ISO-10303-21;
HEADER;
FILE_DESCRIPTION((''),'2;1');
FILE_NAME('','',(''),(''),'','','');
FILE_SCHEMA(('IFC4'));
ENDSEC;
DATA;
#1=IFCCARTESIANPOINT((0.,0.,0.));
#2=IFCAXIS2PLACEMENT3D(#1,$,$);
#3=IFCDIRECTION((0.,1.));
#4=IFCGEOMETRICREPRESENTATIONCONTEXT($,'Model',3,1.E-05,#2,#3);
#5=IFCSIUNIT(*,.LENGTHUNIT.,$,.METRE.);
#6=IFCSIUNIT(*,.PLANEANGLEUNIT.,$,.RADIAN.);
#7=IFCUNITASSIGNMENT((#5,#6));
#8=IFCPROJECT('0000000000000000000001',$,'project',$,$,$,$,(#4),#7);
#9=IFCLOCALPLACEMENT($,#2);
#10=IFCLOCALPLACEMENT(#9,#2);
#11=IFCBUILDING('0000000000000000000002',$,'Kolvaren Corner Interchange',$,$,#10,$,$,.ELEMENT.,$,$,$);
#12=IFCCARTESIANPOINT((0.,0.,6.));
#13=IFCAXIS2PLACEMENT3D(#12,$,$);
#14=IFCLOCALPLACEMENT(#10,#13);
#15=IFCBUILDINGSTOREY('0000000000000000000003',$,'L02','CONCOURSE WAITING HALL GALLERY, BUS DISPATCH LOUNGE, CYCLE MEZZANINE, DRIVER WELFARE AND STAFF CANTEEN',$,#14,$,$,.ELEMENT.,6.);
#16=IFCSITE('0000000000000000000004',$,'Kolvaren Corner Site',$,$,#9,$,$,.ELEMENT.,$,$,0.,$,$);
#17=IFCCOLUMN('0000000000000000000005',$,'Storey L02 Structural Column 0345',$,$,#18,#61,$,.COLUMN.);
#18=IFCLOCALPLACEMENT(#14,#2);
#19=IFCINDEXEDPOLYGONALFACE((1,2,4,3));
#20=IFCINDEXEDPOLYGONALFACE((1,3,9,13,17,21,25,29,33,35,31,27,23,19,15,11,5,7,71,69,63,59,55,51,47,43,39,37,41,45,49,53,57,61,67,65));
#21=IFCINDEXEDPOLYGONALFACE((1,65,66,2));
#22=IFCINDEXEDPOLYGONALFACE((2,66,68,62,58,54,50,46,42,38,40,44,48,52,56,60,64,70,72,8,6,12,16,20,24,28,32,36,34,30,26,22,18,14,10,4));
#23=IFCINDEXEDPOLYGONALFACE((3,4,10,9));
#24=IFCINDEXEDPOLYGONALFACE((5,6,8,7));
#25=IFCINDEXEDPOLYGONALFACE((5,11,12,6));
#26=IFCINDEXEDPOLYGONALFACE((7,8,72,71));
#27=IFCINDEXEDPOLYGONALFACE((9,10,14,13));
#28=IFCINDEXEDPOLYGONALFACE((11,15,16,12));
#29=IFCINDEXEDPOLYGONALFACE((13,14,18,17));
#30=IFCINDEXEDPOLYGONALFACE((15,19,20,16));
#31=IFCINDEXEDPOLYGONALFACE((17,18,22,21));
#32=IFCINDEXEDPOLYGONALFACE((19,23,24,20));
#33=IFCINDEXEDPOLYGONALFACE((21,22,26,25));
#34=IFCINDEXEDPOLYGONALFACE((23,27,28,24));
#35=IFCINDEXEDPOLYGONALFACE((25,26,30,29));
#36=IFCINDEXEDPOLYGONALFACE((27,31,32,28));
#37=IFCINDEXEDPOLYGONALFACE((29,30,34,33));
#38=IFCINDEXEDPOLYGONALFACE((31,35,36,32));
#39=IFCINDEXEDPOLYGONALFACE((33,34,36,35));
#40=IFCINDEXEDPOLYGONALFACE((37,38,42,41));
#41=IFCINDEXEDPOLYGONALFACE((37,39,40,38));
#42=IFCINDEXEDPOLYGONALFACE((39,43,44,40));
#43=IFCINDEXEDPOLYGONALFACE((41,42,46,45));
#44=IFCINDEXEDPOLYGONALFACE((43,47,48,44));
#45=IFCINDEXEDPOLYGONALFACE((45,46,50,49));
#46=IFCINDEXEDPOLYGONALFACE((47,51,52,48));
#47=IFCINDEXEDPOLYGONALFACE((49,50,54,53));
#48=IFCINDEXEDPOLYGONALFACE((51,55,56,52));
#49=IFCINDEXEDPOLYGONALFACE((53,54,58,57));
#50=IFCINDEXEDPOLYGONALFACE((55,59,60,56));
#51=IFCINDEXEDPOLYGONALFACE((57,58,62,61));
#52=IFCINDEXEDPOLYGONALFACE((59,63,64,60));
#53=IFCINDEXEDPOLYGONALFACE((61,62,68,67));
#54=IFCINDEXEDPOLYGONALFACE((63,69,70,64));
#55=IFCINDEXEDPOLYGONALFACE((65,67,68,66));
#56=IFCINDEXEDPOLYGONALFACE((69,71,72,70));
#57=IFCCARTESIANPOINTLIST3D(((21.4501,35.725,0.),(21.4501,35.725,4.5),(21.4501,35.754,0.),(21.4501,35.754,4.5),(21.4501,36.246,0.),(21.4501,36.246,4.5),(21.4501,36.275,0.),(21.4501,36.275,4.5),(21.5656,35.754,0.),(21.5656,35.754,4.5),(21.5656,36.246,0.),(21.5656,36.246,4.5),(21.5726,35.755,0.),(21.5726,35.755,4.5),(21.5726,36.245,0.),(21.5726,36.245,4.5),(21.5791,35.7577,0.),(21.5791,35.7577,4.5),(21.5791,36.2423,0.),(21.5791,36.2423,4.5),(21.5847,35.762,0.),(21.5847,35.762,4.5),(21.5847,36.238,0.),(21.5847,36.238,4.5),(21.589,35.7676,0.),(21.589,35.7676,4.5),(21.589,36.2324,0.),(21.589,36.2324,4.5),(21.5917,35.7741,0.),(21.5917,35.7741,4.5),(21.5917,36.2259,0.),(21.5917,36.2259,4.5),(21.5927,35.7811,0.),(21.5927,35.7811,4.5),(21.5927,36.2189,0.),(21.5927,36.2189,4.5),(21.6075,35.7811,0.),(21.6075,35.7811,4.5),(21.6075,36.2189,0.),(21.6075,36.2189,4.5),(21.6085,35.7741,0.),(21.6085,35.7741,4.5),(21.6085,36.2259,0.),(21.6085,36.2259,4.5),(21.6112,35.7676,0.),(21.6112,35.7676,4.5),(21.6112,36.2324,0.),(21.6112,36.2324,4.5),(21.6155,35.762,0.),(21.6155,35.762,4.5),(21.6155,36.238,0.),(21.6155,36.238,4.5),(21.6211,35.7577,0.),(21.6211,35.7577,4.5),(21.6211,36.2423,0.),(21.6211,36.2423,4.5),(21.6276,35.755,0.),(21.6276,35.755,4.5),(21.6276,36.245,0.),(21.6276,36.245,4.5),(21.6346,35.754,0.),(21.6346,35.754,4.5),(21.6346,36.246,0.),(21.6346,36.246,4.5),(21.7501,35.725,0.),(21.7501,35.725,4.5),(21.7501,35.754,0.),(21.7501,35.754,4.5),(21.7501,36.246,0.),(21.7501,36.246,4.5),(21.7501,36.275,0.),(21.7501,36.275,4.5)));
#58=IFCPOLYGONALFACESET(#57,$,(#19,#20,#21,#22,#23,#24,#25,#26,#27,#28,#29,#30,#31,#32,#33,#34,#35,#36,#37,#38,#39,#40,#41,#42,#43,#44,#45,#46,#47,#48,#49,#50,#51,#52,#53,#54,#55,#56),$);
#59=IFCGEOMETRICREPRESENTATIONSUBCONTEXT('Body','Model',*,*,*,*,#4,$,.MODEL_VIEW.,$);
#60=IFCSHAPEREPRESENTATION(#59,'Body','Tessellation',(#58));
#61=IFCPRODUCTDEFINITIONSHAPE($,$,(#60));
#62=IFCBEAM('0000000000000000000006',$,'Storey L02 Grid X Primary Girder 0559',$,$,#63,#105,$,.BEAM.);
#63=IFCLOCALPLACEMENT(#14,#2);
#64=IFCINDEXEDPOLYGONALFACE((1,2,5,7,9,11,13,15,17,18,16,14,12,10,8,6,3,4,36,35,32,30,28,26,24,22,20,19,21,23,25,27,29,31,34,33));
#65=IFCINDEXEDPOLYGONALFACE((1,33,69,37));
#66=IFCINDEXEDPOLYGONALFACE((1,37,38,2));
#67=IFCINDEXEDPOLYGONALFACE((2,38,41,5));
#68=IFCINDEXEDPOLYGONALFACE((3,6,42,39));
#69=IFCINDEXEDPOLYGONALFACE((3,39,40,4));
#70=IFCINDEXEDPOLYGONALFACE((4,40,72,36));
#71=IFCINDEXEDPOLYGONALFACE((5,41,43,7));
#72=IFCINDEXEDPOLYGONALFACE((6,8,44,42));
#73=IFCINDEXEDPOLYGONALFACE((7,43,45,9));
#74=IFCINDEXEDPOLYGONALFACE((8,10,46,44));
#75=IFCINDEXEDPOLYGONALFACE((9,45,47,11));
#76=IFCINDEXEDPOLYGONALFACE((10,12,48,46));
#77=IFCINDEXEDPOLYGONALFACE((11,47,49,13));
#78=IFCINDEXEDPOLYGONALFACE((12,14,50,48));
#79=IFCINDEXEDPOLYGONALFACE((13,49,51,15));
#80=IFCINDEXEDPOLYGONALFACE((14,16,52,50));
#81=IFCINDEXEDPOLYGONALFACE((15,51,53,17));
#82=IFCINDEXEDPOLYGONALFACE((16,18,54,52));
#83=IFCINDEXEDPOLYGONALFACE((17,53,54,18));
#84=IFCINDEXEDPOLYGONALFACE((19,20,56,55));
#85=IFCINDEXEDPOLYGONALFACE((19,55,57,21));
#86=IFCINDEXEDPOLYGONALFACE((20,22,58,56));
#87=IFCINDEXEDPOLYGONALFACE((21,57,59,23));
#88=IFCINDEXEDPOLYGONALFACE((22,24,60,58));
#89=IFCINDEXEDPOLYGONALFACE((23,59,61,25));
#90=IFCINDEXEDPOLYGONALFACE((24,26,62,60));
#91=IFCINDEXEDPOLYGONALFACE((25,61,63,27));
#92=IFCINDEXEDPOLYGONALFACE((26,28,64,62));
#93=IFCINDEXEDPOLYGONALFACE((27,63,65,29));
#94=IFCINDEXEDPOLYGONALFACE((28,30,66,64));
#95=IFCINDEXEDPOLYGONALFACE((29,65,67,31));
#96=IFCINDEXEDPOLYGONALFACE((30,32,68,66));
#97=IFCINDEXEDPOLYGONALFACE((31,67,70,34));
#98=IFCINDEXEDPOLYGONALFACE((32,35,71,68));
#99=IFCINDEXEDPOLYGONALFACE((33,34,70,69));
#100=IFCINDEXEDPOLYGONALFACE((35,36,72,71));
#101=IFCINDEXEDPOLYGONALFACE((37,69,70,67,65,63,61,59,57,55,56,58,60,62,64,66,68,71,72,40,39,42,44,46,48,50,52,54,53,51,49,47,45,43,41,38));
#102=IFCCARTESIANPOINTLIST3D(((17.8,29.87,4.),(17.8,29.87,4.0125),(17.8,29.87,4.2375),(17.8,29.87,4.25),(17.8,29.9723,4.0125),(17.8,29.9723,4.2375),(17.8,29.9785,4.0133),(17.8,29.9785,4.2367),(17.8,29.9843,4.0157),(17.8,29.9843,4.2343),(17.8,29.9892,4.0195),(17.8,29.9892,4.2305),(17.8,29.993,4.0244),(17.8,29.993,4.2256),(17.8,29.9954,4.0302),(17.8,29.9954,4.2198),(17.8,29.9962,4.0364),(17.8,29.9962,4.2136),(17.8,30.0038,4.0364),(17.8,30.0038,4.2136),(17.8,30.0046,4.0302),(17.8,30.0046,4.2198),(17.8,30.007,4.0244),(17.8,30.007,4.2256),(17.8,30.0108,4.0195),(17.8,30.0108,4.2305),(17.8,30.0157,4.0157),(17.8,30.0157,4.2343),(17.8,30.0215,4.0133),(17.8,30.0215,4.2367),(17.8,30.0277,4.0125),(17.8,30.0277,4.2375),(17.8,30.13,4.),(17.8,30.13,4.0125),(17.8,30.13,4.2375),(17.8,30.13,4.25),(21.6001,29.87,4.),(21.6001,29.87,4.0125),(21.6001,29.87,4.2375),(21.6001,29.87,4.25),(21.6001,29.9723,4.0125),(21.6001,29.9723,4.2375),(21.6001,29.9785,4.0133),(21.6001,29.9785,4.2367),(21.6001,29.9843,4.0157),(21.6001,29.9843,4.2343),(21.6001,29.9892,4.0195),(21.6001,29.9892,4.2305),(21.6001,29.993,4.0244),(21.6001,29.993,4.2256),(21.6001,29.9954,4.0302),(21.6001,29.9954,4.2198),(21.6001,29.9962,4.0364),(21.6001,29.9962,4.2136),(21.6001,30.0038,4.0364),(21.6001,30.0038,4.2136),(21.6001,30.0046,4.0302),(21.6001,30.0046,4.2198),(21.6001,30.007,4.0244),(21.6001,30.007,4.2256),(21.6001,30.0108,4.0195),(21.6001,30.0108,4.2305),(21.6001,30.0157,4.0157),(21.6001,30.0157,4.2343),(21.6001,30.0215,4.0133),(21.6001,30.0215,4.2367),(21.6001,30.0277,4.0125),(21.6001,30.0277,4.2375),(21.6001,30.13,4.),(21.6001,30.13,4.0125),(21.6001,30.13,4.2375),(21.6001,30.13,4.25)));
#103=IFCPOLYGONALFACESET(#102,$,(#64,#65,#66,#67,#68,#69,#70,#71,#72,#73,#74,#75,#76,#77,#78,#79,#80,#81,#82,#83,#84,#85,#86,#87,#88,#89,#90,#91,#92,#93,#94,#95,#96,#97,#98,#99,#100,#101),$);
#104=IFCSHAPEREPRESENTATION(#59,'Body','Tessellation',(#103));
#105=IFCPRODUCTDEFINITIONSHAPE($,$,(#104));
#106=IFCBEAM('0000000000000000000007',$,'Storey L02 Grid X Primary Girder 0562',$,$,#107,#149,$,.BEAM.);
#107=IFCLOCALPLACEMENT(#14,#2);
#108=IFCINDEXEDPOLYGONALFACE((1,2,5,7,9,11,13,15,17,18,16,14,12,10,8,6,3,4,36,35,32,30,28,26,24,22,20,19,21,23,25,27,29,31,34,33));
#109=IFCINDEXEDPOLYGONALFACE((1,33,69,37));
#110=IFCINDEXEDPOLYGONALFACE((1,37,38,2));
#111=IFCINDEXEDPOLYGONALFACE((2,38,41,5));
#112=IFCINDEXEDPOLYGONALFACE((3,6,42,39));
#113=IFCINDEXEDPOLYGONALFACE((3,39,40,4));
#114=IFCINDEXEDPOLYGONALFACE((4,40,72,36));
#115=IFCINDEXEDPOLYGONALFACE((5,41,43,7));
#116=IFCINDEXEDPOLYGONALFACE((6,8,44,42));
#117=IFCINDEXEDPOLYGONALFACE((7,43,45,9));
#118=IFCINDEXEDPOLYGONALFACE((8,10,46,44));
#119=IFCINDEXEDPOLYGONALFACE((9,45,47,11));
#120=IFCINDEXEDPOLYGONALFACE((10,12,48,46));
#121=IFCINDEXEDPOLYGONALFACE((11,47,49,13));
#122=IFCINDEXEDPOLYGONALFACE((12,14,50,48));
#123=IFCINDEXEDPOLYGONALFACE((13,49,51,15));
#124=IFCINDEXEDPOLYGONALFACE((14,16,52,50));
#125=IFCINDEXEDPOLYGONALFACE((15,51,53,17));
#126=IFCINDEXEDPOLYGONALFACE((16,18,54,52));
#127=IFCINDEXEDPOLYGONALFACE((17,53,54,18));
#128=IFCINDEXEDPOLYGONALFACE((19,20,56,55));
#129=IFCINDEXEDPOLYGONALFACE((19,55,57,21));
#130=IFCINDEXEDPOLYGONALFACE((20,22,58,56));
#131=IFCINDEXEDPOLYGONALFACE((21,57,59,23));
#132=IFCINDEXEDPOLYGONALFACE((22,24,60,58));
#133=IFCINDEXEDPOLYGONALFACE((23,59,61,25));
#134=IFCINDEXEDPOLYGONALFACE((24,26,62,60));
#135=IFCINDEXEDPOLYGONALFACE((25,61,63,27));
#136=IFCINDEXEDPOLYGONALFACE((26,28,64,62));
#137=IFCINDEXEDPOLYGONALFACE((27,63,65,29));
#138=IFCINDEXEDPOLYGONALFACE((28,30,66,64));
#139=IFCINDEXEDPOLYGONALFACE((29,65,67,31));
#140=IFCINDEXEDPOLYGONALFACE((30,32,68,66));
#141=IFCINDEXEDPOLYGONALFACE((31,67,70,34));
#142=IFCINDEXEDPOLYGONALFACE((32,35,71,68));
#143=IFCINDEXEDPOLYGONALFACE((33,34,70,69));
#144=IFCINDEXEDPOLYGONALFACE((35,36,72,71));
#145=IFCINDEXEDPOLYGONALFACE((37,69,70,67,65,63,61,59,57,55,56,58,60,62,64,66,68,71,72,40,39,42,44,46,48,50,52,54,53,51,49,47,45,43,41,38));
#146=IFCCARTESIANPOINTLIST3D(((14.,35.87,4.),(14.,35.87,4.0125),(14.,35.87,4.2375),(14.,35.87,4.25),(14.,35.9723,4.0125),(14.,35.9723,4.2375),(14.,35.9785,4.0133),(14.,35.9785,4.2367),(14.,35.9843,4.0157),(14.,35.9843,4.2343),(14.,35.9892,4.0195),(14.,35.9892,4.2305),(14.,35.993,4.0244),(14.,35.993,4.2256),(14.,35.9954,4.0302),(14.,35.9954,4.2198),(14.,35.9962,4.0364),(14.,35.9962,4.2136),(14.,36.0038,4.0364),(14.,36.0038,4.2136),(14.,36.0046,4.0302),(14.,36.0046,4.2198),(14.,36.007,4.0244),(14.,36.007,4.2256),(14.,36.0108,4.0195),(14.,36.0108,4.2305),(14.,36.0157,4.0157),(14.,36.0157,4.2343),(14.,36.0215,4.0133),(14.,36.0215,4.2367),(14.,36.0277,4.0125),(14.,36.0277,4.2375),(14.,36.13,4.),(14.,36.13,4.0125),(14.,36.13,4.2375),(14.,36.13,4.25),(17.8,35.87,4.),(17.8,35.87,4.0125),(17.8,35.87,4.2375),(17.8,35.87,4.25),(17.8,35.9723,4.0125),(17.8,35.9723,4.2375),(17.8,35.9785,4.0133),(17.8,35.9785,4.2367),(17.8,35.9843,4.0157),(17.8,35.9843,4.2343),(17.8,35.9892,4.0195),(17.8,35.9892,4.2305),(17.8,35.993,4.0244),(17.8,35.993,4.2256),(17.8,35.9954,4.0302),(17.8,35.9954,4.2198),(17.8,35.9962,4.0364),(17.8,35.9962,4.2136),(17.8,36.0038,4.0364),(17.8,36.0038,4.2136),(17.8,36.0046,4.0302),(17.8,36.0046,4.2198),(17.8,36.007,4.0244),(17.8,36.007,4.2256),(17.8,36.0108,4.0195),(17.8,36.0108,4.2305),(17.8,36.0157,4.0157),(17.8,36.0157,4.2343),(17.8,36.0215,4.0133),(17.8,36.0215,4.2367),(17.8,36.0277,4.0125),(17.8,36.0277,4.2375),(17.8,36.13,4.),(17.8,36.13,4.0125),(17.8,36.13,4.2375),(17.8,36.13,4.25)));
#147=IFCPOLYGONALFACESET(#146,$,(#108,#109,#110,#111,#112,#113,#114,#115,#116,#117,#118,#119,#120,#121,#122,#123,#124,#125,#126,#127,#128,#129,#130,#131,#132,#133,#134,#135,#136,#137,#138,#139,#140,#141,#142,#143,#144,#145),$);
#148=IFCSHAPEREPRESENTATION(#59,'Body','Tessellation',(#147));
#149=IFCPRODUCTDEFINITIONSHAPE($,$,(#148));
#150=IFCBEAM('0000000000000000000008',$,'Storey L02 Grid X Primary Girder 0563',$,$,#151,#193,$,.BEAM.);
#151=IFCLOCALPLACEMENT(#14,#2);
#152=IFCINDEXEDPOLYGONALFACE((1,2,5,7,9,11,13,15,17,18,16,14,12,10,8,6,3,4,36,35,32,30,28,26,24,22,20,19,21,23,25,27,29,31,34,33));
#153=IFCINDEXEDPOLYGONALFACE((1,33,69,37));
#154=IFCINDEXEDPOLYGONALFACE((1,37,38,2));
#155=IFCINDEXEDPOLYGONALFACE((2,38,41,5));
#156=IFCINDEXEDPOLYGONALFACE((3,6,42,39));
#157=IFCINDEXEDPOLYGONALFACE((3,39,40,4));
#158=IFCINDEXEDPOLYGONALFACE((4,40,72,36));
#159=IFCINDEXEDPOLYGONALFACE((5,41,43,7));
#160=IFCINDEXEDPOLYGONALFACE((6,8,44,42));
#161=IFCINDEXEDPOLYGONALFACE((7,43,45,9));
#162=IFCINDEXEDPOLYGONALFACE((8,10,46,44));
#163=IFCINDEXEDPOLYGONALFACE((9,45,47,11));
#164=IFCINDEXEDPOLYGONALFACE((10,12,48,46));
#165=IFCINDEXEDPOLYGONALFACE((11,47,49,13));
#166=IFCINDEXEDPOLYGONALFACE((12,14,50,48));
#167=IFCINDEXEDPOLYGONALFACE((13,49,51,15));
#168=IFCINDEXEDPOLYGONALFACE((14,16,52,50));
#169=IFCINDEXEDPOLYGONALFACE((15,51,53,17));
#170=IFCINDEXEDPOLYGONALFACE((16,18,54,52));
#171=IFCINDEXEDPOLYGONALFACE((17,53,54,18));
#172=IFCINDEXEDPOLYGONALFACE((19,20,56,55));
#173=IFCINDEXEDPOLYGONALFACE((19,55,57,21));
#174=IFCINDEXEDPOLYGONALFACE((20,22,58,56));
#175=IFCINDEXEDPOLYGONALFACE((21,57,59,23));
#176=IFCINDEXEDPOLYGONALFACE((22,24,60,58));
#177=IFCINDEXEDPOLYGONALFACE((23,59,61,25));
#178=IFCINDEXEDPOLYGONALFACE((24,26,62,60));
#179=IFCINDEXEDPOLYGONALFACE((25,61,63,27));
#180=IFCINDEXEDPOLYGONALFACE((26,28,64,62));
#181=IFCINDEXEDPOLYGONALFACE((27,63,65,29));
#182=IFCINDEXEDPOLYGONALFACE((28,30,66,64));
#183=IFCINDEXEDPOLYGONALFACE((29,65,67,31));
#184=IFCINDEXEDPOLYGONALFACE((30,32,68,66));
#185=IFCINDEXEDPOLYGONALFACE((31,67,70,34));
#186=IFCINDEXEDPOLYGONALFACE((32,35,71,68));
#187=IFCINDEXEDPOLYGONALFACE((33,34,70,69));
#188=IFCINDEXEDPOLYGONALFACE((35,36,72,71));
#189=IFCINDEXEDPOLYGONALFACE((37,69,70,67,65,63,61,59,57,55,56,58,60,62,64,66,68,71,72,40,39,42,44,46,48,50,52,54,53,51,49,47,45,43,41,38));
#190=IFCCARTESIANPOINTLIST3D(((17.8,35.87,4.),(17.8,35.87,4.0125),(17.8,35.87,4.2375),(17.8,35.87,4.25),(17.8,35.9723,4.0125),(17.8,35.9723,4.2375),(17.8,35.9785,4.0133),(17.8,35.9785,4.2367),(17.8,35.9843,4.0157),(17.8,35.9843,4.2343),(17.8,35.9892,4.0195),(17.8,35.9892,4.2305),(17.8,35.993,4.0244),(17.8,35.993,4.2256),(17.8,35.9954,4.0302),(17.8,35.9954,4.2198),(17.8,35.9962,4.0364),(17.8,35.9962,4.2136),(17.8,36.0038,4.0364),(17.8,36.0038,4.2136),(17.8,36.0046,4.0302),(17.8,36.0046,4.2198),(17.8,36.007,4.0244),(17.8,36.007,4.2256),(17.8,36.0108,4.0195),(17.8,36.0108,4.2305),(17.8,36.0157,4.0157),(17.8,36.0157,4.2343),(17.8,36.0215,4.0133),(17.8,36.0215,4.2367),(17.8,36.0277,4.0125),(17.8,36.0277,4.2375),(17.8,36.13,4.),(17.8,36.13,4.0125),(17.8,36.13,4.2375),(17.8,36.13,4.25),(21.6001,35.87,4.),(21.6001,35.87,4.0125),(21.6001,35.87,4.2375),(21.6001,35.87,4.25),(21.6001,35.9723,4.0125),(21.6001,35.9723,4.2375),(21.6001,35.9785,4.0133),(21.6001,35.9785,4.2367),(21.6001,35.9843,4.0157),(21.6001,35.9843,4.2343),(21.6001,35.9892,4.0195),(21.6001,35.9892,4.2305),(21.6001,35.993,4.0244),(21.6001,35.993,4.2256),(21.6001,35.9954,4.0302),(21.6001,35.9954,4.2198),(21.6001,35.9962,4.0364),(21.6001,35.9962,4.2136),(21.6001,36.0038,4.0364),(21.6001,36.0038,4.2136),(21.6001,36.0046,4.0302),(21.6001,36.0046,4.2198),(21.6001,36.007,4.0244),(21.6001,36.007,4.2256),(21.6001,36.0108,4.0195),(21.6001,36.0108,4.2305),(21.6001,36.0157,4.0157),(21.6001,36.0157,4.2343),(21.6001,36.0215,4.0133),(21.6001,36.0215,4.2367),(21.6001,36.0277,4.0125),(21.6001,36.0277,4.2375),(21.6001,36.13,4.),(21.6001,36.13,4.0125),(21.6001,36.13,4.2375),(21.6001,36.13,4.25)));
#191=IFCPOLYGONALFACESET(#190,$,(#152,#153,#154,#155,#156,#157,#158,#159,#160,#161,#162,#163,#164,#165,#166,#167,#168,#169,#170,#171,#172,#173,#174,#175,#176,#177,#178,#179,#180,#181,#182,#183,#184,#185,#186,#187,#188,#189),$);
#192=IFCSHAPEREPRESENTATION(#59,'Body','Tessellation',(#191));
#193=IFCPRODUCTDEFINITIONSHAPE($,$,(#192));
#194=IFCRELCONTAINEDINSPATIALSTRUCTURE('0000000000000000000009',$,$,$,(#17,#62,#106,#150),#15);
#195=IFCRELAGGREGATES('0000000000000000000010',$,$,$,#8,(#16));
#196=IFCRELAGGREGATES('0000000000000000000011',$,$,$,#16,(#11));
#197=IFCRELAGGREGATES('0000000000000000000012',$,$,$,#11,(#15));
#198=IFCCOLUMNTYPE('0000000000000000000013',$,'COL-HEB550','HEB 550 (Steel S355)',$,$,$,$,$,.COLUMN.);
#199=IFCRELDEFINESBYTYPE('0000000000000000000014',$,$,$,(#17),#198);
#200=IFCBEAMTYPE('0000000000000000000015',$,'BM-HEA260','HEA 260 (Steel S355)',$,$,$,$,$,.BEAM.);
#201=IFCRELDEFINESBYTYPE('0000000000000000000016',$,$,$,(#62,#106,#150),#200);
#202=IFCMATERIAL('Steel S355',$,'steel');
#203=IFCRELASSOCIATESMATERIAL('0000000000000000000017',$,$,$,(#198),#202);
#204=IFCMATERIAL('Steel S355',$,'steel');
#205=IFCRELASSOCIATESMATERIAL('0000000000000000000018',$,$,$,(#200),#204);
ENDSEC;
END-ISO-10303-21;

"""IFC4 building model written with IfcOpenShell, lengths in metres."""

from ifc_helpers import new_model, si_unit, direction, frame, origin, origin_2d, place, context, subcontext, project, spatial, i_section, extrude, material, material_profile, profile_set, type_object, element, save


model = new_model("IFC4")

# Units and contexts
model_context = context("Model", 3, precision=1e-05, world=origin(), true_north=direction((0.0, 1.0)))
body_context = subcontext(model_context, "Body", "Model", "MODEL_VIEW")
ifc_project = project(units=[si_unit("LENGTHUNIT", "METRE"), si_unit("PLANEANGLEUNIT", "RADIAN")], contexts=[model_context])

# Site, building, storey
site_placement = place(None, origin())
site = spatial("IfcSite", under=ifc_project, at=site_placement, Name="Kolvaren Corner Site", CompositionType="ELEMENT", RefElevation=0.0)
building_placement = place(site_placement, origin())
building = spatial("IfcBuilding", under=site, at=building_placement, Name="Kolvaren Corner Interchange", CompositionType="ELEMENT")
storey_placement = place(building_placement, frame((0.0, 0.0, 6.0)))
storey = spatial("IfcBuildingStorey", under=building, at=storey_placement, Name="L02", Description="CONCOURSE WAITING HALL GALLERY, BUS DISPATCH LOUNGE, CYCLE MEZZANINE, DRIVER WELFARE AND STAFF CANTEEN", CompositionType="ELEMENT", Elevation=6.0)

# Column
ifc_material_1 = material(Name="Steel S355", Category="steel")
ifc_material_profile_1 = material_profile(ifc_material_1, i_section(OverallWidth=0.3, OverallDepth=0.55, WebThickness=0.0149, FlangeThickness=0.0291, FilletRadius=0.0271, at=origin_2d()), Name="HEB 550")
ifc_profile_set_1 = profile_set([ifc_material_profile_1], Name="Steel S355")
column_type_1 = type_object("IfcColumnType", Name="COL-HEB550", Description="HEB 550 (Steel S355)", PredefinedType="COLUMN", material=ifc_profile_set_1)
for number, where, z_axis, x_axis, name in (
    (1, (21.6001, 36.0, 0.0), (0.0, 0.0, 1.0), (1.0, 0.0, 0.0), "Storey L02 Structural Column 0345"),
):
    element("IfcColumn", number, at=place(storey_placement, frame(where, z_axis=z_axis, x_axis=x_axis)), inside=storey, type_object=column_type_1, Name=name, PredefinedType="COLUMN", context=body_context, shape_type="SweptSolid", body=[
        extrude(i_section(OverallWidth=0.3, OverallDepth=0.55, WebThickness=0.0149, FlangeThickness=0.0291, FilletRadius=0.0271, at=origin_2d()), origin(), (0.0, 0.0, 1.0), 4.5),
    ])

# Beams
ifc_material_2 = material(Name="Steel S355", Category="steel")
ifc_material_profile_2 = material_profile(ifc_material_2, i_section(OverallWidth=0.26, OverallDepth=0.25, WebThickness=0.0076, FlangeThickness=0.0125, FilletRadius=0.0239, at=origin_2d()), Name="HEA 260")
ifc_profile_set_2 = profile_set([ifc_material_profile_2], Name="Steel S355")
beam_type_1 = type_object("IfcBeamType", Name="BM-HEA260", Description="HEA 260 (Steel S355)", PredefinedType="BEAM", material=ifc_profile_set_2)
for number, where, z_axis, x_axis, name in (
    (2, (17.8, 30.0, 4.125), (1.0, 0.0, 0.0), (0.0, 1.0, 0.0), "Storey L02 Grid X Primary Girder 0559"),
    (3, (14.0, 36.0, 4.125), (1.0, 0.0, 0.0), (0.0, 1.0, 0.0), "Storey L02 Grid X Primary Girder 0562"),
    (4, (17.8, 36.0, 4.125), (1.0, 0.0, 0.0), (0.0, 1.0, 0.0), "Storey L02 Grid X Primary Girder 0563"),
):
    element("IfcBeam", number, at=place(storey_placement, frame(where, z_axis=z_axis, x_axis=x_axis)), inside=storey, type_object=beam_type_1, Name=name, PredefinedType="BEAM", context=body_context, shape_type="SweptSolid", body=[
        extrude(i_section(OverallWidth=0.26, OverallDepth=0.25, WebThickness=0.0076, FlangeThickness=0.0125, FilletRadius=0.0239, at=origin_2d()), origin(), (0.0, 0.0, 1.0), 3.8),
    ])

save(model, "model.ifc")
